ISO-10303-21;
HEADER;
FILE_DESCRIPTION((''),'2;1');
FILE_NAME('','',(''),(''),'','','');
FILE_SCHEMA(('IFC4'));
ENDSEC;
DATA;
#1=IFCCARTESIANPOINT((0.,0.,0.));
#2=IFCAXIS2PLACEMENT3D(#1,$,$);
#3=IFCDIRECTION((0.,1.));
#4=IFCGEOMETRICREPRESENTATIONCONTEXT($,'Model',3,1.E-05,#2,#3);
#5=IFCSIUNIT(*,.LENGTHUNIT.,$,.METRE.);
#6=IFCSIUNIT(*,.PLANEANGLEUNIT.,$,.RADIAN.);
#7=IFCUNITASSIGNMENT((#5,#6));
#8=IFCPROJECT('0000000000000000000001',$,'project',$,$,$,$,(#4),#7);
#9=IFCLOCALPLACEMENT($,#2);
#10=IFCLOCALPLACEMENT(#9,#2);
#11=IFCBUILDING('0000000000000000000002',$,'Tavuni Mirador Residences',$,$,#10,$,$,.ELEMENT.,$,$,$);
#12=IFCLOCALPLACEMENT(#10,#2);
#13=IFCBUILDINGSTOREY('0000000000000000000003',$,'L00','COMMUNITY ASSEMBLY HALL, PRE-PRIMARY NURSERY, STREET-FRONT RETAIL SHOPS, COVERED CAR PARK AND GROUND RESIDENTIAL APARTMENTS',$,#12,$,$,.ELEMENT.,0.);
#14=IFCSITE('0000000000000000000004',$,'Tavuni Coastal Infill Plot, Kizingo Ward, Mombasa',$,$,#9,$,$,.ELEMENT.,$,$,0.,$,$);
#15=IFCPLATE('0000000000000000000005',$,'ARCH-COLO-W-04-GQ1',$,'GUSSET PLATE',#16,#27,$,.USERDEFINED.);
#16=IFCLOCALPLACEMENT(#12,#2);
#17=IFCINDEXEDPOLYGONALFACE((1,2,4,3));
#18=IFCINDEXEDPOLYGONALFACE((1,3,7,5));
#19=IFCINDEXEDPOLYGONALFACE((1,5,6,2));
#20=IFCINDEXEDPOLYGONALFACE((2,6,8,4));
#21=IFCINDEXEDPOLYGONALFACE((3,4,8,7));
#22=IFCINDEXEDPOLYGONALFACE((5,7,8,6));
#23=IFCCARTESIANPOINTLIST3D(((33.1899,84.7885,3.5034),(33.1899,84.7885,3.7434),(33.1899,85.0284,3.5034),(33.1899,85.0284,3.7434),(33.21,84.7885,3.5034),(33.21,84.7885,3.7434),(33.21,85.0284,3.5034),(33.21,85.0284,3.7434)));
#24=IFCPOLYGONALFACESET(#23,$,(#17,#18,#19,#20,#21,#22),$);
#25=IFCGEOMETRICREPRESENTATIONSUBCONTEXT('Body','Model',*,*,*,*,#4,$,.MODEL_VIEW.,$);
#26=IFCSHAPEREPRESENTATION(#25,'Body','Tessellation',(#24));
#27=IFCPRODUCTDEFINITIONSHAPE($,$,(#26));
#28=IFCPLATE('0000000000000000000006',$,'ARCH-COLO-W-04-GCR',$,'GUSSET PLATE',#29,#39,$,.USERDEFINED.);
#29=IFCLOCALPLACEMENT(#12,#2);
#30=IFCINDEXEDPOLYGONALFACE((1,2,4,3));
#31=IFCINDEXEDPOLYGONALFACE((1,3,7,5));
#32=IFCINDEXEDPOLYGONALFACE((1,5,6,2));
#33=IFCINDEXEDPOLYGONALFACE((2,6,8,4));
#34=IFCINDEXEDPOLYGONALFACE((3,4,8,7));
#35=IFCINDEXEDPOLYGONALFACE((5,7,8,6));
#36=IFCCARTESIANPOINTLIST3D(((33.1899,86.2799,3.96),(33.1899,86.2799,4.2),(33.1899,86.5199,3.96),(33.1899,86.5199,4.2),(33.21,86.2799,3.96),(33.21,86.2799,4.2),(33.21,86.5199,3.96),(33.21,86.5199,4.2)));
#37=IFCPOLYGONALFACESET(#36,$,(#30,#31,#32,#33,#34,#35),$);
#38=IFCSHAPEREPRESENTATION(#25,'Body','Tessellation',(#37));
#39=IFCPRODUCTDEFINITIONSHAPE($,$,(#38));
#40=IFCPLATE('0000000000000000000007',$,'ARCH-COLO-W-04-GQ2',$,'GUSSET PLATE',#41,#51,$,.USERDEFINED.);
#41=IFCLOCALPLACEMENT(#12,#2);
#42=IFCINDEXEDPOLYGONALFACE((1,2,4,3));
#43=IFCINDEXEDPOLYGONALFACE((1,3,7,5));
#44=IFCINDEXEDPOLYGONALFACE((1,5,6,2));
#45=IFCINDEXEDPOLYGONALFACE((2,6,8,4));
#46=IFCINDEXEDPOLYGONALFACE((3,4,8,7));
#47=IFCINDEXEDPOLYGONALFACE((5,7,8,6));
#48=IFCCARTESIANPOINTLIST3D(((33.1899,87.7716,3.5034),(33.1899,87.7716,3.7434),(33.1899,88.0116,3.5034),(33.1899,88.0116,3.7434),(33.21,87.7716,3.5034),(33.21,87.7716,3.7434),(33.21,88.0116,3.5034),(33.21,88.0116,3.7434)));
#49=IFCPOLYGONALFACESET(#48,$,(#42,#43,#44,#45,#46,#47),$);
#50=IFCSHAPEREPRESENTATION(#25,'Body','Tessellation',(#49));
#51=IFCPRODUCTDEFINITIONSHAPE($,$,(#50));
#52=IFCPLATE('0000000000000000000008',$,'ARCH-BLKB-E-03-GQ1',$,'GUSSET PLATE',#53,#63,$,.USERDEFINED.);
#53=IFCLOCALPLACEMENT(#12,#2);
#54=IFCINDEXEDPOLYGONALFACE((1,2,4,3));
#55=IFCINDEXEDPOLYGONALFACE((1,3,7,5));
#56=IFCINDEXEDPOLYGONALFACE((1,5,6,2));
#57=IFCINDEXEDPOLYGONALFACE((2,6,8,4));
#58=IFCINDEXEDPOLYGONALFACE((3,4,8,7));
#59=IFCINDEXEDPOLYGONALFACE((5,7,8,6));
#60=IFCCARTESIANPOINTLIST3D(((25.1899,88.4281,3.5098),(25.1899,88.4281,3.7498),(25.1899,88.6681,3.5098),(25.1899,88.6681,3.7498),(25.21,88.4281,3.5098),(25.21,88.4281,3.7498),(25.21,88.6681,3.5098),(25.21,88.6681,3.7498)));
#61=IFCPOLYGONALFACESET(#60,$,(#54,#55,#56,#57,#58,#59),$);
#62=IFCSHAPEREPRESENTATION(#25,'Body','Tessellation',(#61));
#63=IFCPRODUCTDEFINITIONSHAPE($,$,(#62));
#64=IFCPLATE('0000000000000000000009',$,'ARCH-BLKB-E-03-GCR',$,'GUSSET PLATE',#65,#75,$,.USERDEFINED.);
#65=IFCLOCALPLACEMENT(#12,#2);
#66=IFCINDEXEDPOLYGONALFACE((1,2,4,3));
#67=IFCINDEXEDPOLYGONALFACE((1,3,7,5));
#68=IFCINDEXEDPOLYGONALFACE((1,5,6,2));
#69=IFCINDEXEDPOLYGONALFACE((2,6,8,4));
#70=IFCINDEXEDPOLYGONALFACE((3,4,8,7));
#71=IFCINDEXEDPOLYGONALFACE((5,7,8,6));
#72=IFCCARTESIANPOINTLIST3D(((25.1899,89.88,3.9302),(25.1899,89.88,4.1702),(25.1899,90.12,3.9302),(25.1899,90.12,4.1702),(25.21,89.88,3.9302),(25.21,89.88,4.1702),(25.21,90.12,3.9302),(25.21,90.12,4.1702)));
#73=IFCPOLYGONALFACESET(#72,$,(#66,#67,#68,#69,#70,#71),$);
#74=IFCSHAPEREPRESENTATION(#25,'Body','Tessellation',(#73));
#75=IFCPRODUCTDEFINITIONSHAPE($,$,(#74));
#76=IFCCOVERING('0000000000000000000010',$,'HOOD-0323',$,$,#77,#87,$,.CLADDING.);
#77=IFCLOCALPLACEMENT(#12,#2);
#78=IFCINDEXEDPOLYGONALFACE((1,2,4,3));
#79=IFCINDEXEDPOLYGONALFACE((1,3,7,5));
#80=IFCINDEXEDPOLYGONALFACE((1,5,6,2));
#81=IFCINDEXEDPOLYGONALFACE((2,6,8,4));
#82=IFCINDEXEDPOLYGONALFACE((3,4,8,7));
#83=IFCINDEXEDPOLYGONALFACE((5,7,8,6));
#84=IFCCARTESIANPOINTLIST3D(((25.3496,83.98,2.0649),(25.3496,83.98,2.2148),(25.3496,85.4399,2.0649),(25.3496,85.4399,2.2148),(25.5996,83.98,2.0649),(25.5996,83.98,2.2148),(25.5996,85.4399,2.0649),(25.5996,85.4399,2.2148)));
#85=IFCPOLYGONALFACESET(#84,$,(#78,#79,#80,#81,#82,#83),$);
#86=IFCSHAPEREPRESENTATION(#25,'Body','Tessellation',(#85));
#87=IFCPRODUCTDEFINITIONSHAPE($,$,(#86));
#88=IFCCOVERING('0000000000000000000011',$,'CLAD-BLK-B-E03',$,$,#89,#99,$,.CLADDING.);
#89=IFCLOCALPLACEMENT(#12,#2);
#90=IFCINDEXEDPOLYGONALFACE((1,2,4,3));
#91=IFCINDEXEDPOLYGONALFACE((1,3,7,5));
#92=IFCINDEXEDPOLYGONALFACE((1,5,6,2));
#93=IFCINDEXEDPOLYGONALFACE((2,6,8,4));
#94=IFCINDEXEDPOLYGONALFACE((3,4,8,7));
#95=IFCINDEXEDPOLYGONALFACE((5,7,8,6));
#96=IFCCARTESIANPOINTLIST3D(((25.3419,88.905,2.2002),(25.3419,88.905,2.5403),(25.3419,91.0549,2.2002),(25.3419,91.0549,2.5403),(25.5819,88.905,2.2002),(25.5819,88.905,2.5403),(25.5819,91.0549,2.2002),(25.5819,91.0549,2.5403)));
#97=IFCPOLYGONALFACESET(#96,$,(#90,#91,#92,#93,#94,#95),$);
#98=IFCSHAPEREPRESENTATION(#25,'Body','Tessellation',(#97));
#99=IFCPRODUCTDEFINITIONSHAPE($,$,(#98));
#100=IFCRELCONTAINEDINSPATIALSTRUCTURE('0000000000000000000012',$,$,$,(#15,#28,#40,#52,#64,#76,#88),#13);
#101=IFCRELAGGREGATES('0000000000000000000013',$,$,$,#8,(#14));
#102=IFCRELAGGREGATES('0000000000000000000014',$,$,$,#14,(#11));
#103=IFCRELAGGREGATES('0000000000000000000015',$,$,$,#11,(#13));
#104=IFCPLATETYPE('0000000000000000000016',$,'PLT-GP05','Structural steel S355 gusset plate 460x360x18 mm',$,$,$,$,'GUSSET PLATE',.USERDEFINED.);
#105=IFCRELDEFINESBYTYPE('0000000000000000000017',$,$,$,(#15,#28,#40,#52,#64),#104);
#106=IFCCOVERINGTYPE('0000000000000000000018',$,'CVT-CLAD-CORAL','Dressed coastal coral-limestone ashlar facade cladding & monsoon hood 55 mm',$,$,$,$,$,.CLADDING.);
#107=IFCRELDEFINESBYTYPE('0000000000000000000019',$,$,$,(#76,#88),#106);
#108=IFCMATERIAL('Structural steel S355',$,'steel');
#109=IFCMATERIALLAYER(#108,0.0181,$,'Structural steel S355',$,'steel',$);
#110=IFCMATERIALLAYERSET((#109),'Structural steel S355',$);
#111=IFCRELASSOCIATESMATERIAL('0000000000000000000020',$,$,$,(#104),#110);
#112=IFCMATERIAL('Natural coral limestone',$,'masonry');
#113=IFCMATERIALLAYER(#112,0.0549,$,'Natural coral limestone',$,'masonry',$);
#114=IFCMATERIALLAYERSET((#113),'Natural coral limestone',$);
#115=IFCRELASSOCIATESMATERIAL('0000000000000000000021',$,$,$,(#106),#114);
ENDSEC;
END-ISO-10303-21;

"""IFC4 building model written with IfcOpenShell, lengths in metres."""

from ifc_helpers import new_model, si_unit, direction, frame, origin, origin_2d, place, context, subcontext, project, spatial, rectangle, extrude, material, layer, layer_set, type_object, element, save


model = new_model("IFC4")

# Units and contexts
model_context = context("Model", 3, precision=1e-05, world=origin(), true_north=direction((0.0, 1.0)))
body_context = subcontext(model_context, "Body", "Model", "MODEL_VIEW")
ifc_project = project(units=[si_unit("LENGTHUNIT", "METRE"), si_unit("PLANEANGLEUNIT", "RADIAN")], contexts=[model_context])

# Site, building, storey
site_placement = place(None, origin())
site = spatial("IfcSite", under=ifc_project, at=site_placement, Name="Tavuni Coastal Infill Plot, Kizingo Ward, Mombasa", CompositionType="ELEMENT", RefElevation=0.0)
building_placement = place(site_placement, origin())
building = spatial("IfcBuilding", under=site, at=building_placement, Name="Tavuni Mirador Residences", CompositionType="ELEMENT")
storey_placement = place(building_placement, origin())
storey = spatial("IfcBuildingStorey", under=building, at=storey_placement, Name="L00", Description="COMMUNITY ASSEMBLY HALL, PRE-PRIMARY NURSERY, STREET-FRONT RETAIL SHOPS, COVERED CAR PARK AND GROUND RESIDENTIAL APARTMENTS", CompositionType="ELEMENT", Elevation=0.0)

# Shared definitions
ifc_material_1 = material(Name="Structural steel S355", Category="steel")

# Plates
ifc_layer_1 = layer(ifc_material_1, 0.0181, Name="Structural steel S355", Category="steel")
ifc_layer_set_1 = layer_set([ifc_layer_1], Name="Structural steel S355")
plate_type = type_object("IfcPlateType", Name="PLT-GP05", Description="Structural steel S355 gusset plate 460x360x18 mm", ElementType="GUSSET PLATE", PredefinedType="USERDEFINED", material=ifc_layer_set_1)
for number, where, z_axis, x_axis, name in (
    (1, (33.2, 84.9084, 3.5034), (0.0, 0.0, 1.0), (1.0, 0.0, 0.0), "ARCH-COLO-W-04-GQ1"),
    (2, (33.2, 86.3999, 3.96), (0.0, 0.0, 1.0), (1.0, 0.0, 0.0), "ARCH-COLO-W-04-GCR"),
    (3, (33.2, 87.8916, 3.5034), (0.0, 0.0, 1.0), (1.0, 0.0, 0.0), "ARCH-COLO-W-04-GQ2"),
    (4, (25.2, 88.5481, 3.5098), (0.0, 0.0, 1.0), (1.0, 0.0, 0.0), "ARCH-BLKB-E-03-GQ1"),
    (5, (25.2, 90.0, 3.9302), (0.0, 0.0, 1.0), (1.0, 0.0, 0.0), "ARCH-BLKB-E-03-GCR"),
):
    element("IfcPlate", number, at=place(storey_placement, frame(where, z_axis=z_axis, x_axis=x_axis)), inside=storey, type_object=plate_type, Name=name, ObjectType="GUSSET PLATE", PredefinedType="USERDEFINED", context=body_context, shape_type="SweptSolid", body=[
        extrude(rectangle(XDim=0.02, YDim=0.24, at=origin_2d()), origin(), (0.0, 0.0, 1.0), 0.24),
    ])

# Coverings
ifc_material_2 = material(Name="Natural coral limestone", Category="masonry")
ifc_layer_2 = layer(ifc_material_2, 0.0549, Name="Natural coral limestone", Category="masonry")
ifc_layer_set_2 = layer_set([ifc_layer_2], Name="Natural coral limestone")
covering_type = type_object("IfcCoveringType", Name="CVT-CLAD-CORAL", Description="Dressed coastal coral-limestone ashlar facade cladding & monsoon hood 55 mm", PredefinedType="CLADDING", material=ifc_layer_set_2)
covering_1_placement = place(storey_placement, frame((25.4746, 84.71, 2.0649), z_axis=(0.0, 0.0, 1.0), x_axis=(0.0, 1.0, 0.0)))
element("IfcCovering", 6, at=covering_1_placement, inside=storey, type_object=covering_type, Name="HOOD-0323", PredefinedType="CLADDING", context=body_context, shape_type="SweptSolid", body=[
    extrude(rectangle(XDim=1.46, YDim=0.25, at=origin_2d()), origin(), (0.0, 0.0, 1.0), 0.1499),
])
covering_2_placement = place(storey_placement, frame((25.4619, 89.98, 2.2002), z_axis=(0.0, 0.0, 1.0), x_axis=(0.0, 1.0, 0.0)))
element("IfcCovering", 7, at=covering_2_placement, inside=storey, type_object=covering_type, Name="CLAD-BLK-B-E03", PredefinedType="CLADDING", context=body_context, shape_type="SweptSolid", body=[
    extrude(rectangle(XDim=2.1499, YDim=0.24, at=origin_2d()), origin(), (0.0, 0.0, 1.0), 0.3401),
])

save(model, "model.ifc")
